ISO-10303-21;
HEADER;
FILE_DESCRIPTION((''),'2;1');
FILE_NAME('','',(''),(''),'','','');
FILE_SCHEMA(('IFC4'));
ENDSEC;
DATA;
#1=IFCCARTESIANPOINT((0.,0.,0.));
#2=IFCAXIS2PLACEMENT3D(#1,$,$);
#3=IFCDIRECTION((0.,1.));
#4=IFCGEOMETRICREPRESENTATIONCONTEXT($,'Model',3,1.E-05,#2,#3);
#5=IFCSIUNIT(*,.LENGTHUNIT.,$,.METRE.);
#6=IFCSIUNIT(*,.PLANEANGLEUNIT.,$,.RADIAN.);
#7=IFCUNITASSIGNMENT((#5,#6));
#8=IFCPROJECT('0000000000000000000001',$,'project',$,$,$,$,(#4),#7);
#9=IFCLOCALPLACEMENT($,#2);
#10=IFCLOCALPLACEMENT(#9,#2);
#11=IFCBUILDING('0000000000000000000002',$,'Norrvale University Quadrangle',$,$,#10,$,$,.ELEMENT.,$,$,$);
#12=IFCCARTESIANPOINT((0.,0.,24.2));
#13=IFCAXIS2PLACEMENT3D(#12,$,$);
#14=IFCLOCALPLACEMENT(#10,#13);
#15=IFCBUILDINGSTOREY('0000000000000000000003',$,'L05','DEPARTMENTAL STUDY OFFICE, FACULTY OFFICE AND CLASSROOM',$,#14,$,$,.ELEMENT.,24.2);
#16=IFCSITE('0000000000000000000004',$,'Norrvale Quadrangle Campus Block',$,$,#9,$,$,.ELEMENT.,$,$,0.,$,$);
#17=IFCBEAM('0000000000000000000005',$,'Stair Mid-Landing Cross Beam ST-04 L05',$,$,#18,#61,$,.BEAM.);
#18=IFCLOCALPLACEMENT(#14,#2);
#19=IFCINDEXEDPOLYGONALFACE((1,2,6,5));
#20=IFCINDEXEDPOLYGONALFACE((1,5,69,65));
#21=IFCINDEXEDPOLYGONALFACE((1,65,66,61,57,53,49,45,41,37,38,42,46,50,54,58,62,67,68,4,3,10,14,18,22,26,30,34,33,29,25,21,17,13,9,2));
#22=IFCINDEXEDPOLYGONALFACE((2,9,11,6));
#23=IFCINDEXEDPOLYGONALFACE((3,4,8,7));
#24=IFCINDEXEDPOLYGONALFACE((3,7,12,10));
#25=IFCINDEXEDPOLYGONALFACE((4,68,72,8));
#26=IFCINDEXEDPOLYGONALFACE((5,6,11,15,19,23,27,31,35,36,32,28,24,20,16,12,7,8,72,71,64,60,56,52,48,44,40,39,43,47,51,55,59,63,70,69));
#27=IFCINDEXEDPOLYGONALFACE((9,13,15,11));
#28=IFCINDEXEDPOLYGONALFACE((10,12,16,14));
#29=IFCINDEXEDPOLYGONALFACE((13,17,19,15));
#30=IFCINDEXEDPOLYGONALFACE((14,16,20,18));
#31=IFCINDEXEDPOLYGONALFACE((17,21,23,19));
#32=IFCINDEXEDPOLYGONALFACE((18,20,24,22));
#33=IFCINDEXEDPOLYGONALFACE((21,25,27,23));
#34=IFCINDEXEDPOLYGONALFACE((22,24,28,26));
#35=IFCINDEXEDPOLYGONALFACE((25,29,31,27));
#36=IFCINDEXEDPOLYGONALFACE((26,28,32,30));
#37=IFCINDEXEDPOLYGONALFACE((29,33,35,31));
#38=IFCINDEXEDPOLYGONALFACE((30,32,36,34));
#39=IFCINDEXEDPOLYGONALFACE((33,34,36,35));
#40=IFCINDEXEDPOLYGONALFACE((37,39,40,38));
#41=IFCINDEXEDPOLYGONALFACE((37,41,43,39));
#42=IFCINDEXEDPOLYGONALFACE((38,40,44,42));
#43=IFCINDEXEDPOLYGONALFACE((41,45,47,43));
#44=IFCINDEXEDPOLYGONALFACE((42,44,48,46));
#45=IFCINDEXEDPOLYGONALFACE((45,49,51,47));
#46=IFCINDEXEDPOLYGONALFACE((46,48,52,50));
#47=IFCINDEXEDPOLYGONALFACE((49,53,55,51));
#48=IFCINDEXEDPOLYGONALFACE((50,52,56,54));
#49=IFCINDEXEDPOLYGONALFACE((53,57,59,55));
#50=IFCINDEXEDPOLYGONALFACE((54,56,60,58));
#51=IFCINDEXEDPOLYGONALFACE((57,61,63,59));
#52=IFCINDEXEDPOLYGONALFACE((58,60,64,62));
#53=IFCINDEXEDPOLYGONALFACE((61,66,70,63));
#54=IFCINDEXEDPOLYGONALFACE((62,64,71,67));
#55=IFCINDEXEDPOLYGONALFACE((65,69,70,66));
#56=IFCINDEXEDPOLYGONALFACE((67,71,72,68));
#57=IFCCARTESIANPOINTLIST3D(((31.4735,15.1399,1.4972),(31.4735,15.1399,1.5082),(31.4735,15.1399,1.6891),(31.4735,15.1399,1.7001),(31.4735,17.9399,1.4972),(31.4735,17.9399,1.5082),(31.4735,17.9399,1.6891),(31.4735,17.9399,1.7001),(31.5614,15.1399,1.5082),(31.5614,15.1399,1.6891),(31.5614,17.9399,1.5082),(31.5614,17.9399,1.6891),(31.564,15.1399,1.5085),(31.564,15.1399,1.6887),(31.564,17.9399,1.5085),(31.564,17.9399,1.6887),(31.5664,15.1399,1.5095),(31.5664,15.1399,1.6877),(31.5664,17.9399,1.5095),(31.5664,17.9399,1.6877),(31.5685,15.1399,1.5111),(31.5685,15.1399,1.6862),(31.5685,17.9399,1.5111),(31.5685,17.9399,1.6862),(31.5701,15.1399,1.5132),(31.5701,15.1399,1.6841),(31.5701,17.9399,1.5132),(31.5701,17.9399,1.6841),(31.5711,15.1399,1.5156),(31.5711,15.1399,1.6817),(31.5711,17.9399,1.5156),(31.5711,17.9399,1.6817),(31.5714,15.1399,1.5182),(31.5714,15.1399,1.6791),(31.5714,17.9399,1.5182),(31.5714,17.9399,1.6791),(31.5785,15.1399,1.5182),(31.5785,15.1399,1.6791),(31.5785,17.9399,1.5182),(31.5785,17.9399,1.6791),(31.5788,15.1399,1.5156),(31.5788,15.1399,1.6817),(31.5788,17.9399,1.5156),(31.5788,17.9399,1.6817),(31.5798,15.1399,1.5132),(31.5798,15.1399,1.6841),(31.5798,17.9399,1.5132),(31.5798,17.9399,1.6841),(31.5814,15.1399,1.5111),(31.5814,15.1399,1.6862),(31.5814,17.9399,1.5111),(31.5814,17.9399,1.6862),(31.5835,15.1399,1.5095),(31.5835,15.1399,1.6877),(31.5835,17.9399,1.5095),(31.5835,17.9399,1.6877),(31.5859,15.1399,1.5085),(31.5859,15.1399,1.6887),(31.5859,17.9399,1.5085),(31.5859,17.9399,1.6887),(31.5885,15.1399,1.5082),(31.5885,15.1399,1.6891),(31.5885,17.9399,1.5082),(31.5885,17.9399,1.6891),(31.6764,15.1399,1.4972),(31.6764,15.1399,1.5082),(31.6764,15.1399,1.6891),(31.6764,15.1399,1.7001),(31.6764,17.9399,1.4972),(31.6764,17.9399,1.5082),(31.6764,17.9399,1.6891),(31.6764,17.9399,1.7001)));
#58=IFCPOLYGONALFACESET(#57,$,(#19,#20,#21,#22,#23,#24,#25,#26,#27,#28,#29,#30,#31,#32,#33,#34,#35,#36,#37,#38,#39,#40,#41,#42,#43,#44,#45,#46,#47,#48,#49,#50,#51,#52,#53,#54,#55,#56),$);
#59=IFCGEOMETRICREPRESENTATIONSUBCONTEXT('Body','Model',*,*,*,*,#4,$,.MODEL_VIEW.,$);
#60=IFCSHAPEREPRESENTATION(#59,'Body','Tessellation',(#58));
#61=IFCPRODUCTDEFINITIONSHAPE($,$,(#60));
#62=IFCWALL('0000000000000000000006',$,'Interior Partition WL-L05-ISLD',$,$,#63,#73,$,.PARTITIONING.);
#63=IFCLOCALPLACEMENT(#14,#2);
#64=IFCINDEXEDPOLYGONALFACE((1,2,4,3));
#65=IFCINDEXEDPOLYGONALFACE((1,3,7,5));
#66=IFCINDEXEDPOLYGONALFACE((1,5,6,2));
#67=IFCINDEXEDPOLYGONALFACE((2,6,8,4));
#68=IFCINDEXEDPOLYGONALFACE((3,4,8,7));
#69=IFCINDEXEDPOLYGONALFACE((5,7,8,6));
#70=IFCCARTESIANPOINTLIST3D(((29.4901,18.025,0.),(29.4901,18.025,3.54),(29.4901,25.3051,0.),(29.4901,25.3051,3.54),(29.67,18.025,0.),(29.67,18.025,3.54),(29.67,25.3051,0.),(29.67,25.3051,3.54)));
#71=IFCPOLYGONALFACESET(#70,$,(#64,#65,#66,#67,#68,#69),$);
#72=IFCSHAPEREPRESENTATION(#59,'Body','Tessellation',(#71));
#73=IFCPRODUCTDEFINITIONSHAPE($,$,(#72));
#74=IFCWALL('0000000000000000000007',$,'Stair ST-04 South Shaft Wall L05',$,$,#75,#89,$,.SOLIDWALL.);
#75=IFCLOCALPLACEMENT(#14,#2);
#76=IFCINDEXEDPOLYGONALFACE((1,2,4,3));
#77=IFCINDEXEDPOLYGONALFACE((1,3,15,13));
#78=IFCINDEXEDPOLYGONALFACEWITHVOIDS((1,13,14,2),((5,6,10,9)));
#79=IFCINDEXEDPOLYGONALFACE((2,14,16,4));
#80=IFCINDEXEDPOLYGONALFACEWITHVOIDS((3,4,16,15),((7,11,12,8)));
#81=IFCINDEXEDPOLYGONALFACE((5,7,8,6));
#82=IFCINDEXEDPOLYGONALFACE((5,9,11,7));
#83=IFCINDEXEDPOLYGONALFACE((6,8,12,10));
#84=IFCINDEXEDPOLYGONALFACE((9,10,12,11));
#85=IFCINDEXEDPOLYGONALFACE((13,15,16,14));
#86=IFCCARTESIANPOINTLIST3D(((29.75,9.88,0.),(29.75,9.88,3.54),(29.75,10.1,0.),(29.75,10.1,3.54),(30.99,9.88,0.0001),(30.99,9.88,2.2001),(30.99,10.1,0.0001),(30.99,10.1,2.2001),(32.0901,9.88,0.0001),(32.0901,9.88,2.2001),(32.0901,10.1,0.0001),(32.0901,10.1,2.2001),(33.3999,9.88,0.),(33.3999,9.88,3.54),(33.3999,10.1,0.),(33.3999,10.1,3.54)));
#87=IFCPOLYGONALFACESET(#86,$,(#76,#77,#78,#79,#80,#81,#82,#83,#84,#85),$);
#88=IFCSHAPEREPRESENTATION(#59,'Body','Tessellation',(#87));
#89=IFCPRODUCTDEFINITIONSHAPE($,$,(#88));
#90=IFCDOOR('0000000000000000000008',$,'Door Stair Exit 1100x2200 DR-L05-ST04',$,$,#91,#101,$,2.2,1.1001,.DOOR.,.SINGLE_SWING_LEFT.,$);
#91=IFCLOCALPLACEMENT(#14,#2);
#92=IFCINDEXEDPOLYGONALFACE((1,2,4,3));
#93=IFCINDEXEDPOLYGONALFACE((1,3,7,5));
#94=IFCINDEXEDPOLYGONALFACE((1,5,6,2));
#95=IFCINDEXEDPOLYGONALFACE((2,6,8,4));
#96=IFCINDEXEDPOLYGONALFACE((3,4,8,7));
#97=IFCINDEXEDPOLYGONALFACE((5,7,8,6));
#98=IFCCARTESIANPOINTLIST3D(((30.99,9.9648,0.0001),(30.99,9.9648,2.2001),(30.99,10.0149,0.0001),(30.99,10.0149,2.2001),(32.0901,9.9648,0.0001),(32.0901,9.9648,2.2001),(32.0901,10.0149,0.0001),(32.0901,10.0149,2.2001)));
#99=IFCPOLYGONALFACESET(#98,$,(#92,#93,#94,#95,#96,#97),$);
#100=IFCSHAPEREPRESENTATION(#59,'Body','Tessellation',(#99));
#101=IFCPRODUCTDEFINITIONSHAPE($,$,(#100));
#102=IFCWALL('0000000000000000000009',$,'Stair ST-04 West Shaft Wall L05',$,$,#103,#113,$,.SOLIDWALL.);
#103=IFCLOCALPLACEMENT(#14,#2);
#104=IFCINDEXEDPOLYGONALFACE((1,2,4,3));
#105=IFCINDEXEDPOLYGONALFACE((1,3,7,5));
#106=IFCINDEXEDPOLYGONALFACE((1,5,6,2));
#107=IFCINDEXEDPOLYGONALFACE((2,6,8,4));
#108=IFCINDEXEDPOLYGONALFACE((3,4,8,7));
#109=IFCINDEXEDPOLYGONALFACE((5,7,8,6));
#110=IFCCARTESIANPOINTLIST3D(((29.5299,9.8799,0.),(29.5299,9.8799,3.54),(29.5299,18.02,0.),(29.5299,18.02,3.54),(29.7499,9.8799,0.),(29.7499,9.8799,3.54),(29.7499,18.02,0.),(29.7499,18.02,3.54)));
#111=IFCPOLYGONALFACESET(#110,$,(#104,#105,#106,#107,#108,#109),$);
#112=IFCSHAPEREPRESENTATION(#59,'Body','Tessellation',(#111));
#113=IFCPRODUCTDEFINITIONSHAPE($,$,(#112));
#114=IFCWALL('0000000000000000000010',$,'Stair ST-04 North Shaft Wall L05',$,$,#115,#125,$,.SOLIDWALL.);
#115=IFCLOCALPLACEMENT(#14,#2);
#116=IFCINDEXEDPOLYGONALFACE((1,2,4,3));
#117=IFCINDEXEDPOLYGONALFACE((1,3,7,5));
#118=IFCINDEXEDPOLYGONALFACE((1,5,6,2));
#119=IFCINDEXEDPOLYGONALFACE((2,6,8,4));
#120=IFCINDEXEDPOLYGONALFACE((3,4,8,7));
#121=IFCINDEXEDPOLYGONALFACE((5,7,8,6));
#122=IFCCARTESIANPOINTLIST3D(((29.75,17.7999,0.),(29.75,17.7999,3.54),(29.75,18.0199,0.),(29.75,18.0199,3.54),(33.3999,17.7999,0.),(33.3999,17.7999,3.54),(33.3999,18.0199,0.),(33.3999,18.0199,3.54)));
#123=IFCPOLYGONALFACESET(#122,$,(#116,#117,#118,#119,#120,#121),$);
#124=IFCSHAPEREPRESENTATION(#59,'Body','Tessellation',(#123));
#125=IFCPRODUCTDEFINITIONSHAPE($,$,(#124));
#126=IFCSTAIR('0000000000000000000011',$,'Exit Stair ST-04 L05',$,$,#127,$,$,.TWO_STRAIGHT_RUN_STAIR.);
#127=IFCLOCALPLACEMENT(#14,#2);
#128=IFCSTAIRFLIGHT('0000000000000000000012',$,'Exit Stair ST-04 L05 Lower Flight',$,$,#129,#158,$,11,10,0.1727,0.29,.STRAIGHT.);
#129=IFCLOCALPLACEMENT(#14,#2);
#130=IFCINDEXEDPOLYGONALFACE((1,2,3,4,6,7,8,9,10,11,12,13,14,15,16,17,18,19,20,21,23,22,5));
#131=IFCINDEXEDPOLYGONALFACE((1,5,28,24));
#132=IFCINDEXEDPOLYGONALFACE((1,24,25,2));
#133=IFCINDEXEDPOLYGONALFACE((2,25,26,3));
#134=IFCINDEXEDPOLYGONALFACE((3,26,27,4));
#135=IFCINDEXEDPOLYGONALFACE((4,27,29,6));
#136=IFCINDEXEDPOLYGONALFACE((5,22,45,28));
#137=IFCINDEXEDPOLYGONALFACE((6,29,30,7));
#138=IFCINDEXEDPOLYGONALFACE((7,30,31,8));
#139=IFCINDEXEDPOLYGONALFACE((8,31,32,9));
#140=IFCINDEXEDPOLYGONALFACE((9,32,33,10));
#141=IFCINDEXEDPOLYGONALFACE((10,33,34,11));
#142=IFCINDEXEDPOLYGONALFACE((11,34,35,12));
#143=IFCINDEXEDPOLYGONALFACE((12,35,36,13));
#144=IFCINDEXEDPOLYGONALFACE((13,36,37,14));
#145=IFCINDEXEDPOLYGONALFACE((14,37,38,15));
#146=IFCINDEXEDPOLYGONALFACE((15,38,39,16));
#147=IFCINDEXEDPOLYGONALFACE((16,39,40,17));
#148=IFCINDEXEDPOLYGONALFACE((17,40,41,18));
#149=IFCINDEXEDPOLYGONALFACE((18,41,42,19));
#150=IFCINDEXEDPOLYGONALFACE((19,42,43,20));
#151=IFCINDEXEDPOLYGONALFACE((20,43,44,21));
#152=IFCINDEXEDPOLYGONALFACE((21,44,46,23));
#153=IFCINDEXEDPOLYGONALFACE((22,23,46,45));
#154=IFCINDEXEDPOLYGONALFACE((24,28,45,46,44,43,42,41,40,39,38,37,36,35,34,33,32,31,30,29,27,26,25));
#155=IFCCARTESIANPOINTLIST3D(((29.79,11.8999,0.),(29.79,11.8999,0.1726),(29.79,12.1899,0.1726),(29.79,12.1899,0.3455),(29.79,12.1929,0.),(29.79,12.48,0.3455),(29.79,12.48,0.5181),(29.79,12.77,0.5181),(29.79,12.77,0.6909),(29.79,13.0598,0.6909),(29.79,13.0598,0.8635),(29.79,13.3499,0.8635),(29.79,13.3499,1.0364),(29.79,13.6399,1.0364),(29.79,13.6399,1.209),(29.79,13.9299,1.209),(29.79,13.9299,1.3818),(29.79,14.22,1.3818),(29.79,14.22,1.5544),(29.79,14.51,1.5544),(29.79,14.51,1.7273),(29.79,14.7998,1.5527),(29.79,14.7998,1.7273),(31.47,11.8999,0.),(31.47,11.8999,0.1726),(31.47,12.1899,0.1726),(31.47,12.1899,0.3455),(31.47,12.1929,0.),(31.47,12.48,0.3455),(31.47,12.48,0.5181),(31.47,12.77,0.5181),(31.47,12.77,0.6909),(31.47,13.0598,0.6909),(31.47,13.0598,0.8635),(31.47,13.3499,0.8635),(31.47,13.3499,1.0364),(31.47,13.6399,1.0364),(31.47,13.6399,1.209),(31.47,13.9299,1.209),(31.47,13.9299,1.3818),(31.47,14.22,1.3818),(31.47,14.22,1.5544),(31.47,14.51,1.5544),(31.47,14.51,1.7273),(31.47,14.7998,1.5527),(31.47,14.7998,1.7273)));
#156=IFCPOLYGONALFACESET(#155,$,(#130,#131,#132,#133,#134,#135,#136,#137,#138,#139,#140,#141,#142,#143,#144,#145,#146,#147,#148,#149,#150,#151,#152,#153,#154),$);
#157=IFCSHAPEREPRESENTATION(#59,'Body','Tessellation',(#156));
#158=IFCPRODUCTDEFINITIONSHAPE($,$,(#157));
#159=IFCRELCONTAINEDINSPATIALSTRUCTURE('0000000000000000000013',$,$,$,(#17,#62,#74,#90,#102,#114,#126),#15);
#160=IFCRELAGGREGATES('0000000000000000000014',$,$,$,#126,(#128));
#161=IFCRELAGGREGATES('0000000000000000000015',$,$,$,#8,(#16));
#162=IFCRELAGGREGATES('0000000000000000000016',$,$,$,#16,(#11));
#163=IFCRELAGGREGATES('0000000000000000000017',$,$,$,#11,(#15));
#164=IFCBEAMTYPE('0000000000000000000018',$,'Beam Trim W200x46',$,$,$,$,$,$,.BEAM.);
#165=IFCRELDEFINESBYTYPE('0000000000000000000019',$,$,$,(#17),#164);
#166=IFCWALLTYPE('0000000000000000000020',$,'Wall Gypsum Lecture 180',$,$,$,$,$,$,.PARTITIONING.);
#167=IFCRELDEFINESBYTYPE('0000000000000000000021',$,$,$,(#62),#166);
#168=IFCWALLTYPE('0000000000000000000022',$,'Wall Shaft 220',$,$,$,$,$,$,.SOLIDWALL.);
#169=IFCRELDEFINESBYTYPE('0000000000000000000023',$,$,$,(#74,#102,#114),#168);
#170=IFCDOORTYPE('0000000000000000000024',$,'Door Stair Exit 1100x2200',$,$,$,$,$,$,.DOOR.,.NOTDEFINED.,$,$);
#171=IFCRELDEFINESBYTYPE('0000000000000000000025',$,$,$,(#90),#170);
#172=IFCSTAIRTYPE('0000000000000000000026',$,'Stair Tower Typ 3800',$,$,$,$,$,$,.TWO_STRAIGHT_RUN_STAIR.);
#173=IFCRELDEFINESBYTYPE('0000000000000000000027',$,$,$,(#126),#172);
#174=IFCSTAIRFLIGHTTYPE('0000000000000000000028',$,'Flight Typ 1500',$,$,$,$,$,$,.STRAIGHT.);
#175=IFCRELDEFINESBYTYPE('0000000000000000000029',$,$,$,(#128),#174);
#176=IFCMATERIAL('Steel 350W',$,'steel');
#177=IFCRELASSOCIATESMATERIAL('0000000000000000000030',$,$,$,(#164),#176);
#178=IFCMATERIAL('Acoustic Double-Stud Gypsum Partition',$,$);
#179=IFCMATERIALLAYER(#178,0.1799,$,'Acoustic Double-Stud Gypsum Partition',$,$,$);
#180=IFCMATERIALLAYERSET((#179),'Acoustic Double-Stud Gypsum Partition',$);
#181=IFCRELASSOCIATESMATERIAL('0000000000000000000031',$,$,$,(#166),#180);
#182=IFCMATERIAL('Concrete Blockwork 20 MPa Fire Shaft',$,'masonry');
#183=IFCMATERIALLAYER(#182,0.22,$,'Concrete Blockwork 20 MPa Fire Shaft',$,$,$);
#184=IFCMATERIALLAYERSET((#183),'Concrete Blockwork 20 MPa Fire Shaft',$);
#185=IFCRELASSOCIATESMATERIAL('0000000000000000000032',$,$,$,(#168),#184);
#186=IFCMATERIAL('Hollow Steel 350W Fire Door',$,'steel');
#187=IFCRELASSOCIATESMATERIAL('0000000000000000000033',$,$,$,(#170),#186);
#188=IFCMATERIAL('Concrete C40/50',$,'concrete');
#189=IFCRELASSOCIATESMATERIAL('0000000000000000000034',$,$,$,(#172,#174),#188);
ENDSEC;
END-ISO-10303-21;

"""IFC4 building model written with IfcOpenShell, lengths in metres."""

from ifc_helpers import new_model, si_unit, direction, frame, frame_2d, origin, origin_2d, place, context, subcontext, project, spatial, polyline, rectangle, i_section, outline, extrude, material, layer, layer_set, material_profile, profile_set, type_object, element, fill, aggregate, save


model = new_model("IFC4")

# Units and contexts
model_context = context("Model", 3, precision=1e-05, world=origin(), true_north=direction((0.0, 1.0)))
body_context = subcontext(model_context, "Body", "Model", "MODEL_VIEW")
ifc_project = project(units=[si_unit("LENGTHUNIT", "METRE"), si_unit("PLANEANGLEUNIT", "RADIAN")], contexts=[model_context])

# Site, building, storey
site_placement = place(None, origin())
site = spatial("IfcSite", under=ifc_project, at=site_placement, Name="Norrvale Quadrangle Campus Block", CompositionType="ELEMENT", RefElevation=0.0)
building_placement = place(site_placement, origin())
building = spatial("IfcBuilding", under=site, at=building_placement, Name="Norrvale University Quadrangle", CompositionType="ELEMENT")
storey_placement = place(building_placement, frame((0.0, 0.0, 24.2)))
storey = spatial("IfcBuildingStorey", under=building, at=storey_placement, Name="L05", Description="DEPARTMENTAL STUDY OFFICE, FACULTY OFFICE AND CLASSROOM", CompositionType="ELEMENT", Elevation=24.2)

# Beam
ifc_material_1 = material(Name="Steel 350W", Category="steel")
ifc_material_profile_1 = material_profile(ifc_material_1, i_section(OverallWidth=0.2029, OverallDepth=0.2029, WebThickness=0.0071, FlangeThickness=0.011, FilletRadius=0.01, at=origin_2d()), Name="Steel 350W")
ifc_profile_set_1 = profile_set([ifc_material_profile_1], Name="Steel 350W")
beam_type_1 = type_object("IfcBeamType", Name="Beam Trim W200x46", PredefinedType="BEAM", material=ifc_profile_set_1)
beam_1_placement = place(storey_placement, frame((31.575, 15.1399, 1.5986), z_axis=(0.0, 1.0, 0.0), x_axis=(-1.0, 0.0, 0.0)))
element("IfcBeam", 1, at=beam_1_placement, inside=storey, type_object=beam_type_1, Name="Stair Mid-Landing Cross Beam ST-04 L05", PredefinedType="BEAM", context=body_context, shape_type="SweptSolid", body=[
    extrude(i_section(OverallWidth=0.2029, OverallDepth=0.2029, WebThickness=0.0071, FlangeThickness=0.011, FilletRadius=0.01, at=origin_2d()), origin(), (0.0, 0.0, 1.0), 2.8),
])

# Wall
ifc_material_2 = material(Name="Acoustic Double-Stud Gypsum Partition")
ifc_layer_1 = layer(ifc_material_2, 0.1799, Name="Acoustic Double-Stud Gypsum Partition")
ifc_layer_set_1 = layer_set([ifc_layer_1], Name="Acoustic Double-Stud Gypsum Partition")
wall_type_1 = type_object("IfcWallType", Name="Wall Gypsum Lecture 180", PredefinedType="PARTITIONING", material=ifc_layer_set_1)
wall_1_placement = place(storey_placement, frame((29.5801, 18.0249, 0.0), z_axis=(0.0, 0.0, 1.0), x_axis=(0.0, 1.0, 0.0)))
element("IfcWall", 2, at=wall_1_placement, inside=storey, type_object=wall_type_1, Name="Interior Partition WL-L05-ISLD", PredefinedType="PARTITIONING", context=body_context, shape_type="SweptSolid", body=[
    extrude(rectangle(XDim=7.28, YDim=0.1799, at=frame_2d((3.6401, 0.0))), origin(), (0.0, 0.0, 1.0), 3.54),
])

# Wall, opening, door
ifc_material_3 = material(Name="Concrete Blockwork 20 MPa Fire Shaft", Category="masonry")
ifc_layer_2 = layer(ifc_material_3, 0.22, Name="Concrete Blockwork 20 MPa Fire Shaft")
ifc_layer_set_2 = layer_set([ifc_layer_2], Name="Concrete Blockwork 20 MPa Fire Shaft")
wall_type_2 = type_object("IfcWallType", Name="Wall Shaft 220", PredefinedType="SOLIDWALL", material=ifc_layer_set_2)
wall_2_placement = place(storey_placement, frame((29.75, 9.99, 0.0), z_axis=(0.0, 0.0, 1.0), x_axis=(1.0, 0.0, 0.0)))
wall_2 = element("IfcWall", 3, at=wall_2_placement, inside=storey, type_object=wall_type_2, Name="Stair ST-04 South Shaft Wall L05", PredefinedType="SOLIDWALL", context=body_context, shape_type="SweptSolid", body=[
    extrude(rectangle(XDim=3.6499, YDim=0.22, at=frame_2d((1.825, 0.0))), origin(), (0.0, 0.0, 1.0), 3.54),
])
opening_placement = place(wall_2_placement, frame((1.24, 0.0, 0.0)))
opening = element("IfcOpeningElement", 4, at=opening_placement, cuts=wall_2, PredefinedType="OPENING", context=body_context, shape_type="SweptSolid", body=[
    extrude(rectangle(XDim=1.1001, YDim=2.2, at=frame_2d((0.55, 1.1001))), frame((0.0, 0.1221, 0.0), z_axis=(0.0, -1.0, 0.0), x_axis=(1.0, 0.0, 0.0)), (0.0, 0.0, 1.0), 0.2439),
])
ifc_material_4 = material(Name="Hollow Steel 350W Fire Door", Category="steel")
door_type = type_object("IfcDoorType", Name="Door Stair Exit 1100x2200", OperationType="NOTDEFINED", PredefinedType="DOOR", material=ifc_material_4)
door_placement = place(opening_placement, origin())
door = element("IfcDoor", 5, at=door_placement, inside=storey, type_object=door_type, Name="Door Stair Exit 1100x2200 DR-L05-ST04", OperationType="SINGLE_SWING_LEFT", OverallHeight=2.2, OverallWidth=1.1001, PredefinedType="DOOR", context=body_context, shape_type="SweptSolid", body=[
    extrude(rectangle(XDim=1.1001, YDim=2.2, at=frame_2d((0.55, 1.1001))), frame((0.0, 0.0249, 0.0), z_axis=(0.0, -1.0, 0.0), x_axis=(1.0, 0.0, 0.0)), (0.0, 0.0, 1.0), 0.05),
])
fill(opening, door)

# Walls
wall_3_placement = place(storey_placement, frame((29.6399, 9.8799, 0.0), z_axis=(0.0, 0.0, 1.0), x_axis=(0.0, 1.0, 0.0)))
element("IfcWall", 6, at=wall_3_placement, inside=storey, type_object=wall_type_2, Name="Stair ST-04 West Shaft Wall L05", PredefinedType="SOLIDWALL", context=body_context, shape_type="SweptSolid", body=[
    extrude(rectangle(XDim=8.1401, YDim=0.22, at=frame_2d((4.0701, 0.0))), origin(), (0.0, 0.0, 1.0), 3.54),
])
wall_4_placement = place(storey_placement, frame((29.75, 17.9099, 0.0), z_axis=(0.0, 0.0, 1.0), x_axis=(1.0, 0.0, 0.0)))
element("IfcWall", 7, at=wall_4_placement, inside=storey, type_object=wall_type_2, Name="Stair ST-04 North Shaft Wall L05", PredefinedType="SOLIDWALL", context=body_context, shape_type="SweptSolid", body=[
    extrude(rectangle(XDim=3.6499, YDim=0.22, at=frame_2d((1.825, 0.0))), origin(), (0.0, 0.0, 1.0), 3.54),
])

# Stair, stair flight
ifc_material_5 = material(Name="Concrete C40/50", Category="concrete")
stair_type = type_object("IfcStairType", Name="Stair Tower Typ 3800", PredefinedType="TWO_STRAIGHT_RUN_STAIR", material=ifc_material_5)
stair_placement = place(storey_placement, origin())
stair = element("IfcStair", 8, at=stair_placement, inside=storey, type_object=stair_type, Name="Exit Stair ST-04 L05", PredefinedType="TWO_STRAIGHT_RUN_STAIR")
stair_flight_type = type_object("IfcStairFlightType", Name="Flight Typ 1500", PredefinedType="STRAIGHT", material=ifc_material_5)
stair_flight_1_placement = place(storey_placement, frame((30.6299, 11.8999, 0.0), z_axis=(0.0, 0.0, 1.0), x_axis=(0.0, 1.0, 0.0)))
stair_flight_1 = element("IfcStairFlight", 9, at=stair_flight_1_placement, type_object=stair_flight_type, Name="Exit Stair ST-04 L05 Lower Flight", NumberOfRisers=11, NumberOfTreads=10, PredefinedType="STRAIGHT", RiserHeight=0.1727, TreadLength=0.29, context=body_context, shape_type="SweptSolid", body=[
    extrude(outline(polyline([(0.0, 0.0), (0.0, 0.1726), (0.29, 0.1726), (0.29, 0.3455), (0.5801, 0.3455), (0.5801, 0.5181), (0.8701, 0.5181), (0.8701, 0.6909), (1.1599, 0.6909), (1.1599, 0.8635), (1.45, 0.8635), (1.45, 1.0364), (1.74, 1.0364), (1.74, 1.209), (2.03, 1.209), (2.03, 1.3818), (2.3201, 1.3818), (2.3201, 1.5544), (2.6101, 1.5544), (2.6101, 1.7273), (2.8999, 1.7273), (2.8999, 1.8999), (2.8999, 1.5527), (0.293, 0.0), (0.0, 0.0)])), frame((0.0, 0.8398, 0.0), z_axis=(0.0, -1.0, 0.0), x_axis=(1.0, 0.0, 0.0)), (0.0, 0.0, 1.0), 1.6799),
])
aggregate(stair, [stair_flight_1])

save(model, "model.ifc")
